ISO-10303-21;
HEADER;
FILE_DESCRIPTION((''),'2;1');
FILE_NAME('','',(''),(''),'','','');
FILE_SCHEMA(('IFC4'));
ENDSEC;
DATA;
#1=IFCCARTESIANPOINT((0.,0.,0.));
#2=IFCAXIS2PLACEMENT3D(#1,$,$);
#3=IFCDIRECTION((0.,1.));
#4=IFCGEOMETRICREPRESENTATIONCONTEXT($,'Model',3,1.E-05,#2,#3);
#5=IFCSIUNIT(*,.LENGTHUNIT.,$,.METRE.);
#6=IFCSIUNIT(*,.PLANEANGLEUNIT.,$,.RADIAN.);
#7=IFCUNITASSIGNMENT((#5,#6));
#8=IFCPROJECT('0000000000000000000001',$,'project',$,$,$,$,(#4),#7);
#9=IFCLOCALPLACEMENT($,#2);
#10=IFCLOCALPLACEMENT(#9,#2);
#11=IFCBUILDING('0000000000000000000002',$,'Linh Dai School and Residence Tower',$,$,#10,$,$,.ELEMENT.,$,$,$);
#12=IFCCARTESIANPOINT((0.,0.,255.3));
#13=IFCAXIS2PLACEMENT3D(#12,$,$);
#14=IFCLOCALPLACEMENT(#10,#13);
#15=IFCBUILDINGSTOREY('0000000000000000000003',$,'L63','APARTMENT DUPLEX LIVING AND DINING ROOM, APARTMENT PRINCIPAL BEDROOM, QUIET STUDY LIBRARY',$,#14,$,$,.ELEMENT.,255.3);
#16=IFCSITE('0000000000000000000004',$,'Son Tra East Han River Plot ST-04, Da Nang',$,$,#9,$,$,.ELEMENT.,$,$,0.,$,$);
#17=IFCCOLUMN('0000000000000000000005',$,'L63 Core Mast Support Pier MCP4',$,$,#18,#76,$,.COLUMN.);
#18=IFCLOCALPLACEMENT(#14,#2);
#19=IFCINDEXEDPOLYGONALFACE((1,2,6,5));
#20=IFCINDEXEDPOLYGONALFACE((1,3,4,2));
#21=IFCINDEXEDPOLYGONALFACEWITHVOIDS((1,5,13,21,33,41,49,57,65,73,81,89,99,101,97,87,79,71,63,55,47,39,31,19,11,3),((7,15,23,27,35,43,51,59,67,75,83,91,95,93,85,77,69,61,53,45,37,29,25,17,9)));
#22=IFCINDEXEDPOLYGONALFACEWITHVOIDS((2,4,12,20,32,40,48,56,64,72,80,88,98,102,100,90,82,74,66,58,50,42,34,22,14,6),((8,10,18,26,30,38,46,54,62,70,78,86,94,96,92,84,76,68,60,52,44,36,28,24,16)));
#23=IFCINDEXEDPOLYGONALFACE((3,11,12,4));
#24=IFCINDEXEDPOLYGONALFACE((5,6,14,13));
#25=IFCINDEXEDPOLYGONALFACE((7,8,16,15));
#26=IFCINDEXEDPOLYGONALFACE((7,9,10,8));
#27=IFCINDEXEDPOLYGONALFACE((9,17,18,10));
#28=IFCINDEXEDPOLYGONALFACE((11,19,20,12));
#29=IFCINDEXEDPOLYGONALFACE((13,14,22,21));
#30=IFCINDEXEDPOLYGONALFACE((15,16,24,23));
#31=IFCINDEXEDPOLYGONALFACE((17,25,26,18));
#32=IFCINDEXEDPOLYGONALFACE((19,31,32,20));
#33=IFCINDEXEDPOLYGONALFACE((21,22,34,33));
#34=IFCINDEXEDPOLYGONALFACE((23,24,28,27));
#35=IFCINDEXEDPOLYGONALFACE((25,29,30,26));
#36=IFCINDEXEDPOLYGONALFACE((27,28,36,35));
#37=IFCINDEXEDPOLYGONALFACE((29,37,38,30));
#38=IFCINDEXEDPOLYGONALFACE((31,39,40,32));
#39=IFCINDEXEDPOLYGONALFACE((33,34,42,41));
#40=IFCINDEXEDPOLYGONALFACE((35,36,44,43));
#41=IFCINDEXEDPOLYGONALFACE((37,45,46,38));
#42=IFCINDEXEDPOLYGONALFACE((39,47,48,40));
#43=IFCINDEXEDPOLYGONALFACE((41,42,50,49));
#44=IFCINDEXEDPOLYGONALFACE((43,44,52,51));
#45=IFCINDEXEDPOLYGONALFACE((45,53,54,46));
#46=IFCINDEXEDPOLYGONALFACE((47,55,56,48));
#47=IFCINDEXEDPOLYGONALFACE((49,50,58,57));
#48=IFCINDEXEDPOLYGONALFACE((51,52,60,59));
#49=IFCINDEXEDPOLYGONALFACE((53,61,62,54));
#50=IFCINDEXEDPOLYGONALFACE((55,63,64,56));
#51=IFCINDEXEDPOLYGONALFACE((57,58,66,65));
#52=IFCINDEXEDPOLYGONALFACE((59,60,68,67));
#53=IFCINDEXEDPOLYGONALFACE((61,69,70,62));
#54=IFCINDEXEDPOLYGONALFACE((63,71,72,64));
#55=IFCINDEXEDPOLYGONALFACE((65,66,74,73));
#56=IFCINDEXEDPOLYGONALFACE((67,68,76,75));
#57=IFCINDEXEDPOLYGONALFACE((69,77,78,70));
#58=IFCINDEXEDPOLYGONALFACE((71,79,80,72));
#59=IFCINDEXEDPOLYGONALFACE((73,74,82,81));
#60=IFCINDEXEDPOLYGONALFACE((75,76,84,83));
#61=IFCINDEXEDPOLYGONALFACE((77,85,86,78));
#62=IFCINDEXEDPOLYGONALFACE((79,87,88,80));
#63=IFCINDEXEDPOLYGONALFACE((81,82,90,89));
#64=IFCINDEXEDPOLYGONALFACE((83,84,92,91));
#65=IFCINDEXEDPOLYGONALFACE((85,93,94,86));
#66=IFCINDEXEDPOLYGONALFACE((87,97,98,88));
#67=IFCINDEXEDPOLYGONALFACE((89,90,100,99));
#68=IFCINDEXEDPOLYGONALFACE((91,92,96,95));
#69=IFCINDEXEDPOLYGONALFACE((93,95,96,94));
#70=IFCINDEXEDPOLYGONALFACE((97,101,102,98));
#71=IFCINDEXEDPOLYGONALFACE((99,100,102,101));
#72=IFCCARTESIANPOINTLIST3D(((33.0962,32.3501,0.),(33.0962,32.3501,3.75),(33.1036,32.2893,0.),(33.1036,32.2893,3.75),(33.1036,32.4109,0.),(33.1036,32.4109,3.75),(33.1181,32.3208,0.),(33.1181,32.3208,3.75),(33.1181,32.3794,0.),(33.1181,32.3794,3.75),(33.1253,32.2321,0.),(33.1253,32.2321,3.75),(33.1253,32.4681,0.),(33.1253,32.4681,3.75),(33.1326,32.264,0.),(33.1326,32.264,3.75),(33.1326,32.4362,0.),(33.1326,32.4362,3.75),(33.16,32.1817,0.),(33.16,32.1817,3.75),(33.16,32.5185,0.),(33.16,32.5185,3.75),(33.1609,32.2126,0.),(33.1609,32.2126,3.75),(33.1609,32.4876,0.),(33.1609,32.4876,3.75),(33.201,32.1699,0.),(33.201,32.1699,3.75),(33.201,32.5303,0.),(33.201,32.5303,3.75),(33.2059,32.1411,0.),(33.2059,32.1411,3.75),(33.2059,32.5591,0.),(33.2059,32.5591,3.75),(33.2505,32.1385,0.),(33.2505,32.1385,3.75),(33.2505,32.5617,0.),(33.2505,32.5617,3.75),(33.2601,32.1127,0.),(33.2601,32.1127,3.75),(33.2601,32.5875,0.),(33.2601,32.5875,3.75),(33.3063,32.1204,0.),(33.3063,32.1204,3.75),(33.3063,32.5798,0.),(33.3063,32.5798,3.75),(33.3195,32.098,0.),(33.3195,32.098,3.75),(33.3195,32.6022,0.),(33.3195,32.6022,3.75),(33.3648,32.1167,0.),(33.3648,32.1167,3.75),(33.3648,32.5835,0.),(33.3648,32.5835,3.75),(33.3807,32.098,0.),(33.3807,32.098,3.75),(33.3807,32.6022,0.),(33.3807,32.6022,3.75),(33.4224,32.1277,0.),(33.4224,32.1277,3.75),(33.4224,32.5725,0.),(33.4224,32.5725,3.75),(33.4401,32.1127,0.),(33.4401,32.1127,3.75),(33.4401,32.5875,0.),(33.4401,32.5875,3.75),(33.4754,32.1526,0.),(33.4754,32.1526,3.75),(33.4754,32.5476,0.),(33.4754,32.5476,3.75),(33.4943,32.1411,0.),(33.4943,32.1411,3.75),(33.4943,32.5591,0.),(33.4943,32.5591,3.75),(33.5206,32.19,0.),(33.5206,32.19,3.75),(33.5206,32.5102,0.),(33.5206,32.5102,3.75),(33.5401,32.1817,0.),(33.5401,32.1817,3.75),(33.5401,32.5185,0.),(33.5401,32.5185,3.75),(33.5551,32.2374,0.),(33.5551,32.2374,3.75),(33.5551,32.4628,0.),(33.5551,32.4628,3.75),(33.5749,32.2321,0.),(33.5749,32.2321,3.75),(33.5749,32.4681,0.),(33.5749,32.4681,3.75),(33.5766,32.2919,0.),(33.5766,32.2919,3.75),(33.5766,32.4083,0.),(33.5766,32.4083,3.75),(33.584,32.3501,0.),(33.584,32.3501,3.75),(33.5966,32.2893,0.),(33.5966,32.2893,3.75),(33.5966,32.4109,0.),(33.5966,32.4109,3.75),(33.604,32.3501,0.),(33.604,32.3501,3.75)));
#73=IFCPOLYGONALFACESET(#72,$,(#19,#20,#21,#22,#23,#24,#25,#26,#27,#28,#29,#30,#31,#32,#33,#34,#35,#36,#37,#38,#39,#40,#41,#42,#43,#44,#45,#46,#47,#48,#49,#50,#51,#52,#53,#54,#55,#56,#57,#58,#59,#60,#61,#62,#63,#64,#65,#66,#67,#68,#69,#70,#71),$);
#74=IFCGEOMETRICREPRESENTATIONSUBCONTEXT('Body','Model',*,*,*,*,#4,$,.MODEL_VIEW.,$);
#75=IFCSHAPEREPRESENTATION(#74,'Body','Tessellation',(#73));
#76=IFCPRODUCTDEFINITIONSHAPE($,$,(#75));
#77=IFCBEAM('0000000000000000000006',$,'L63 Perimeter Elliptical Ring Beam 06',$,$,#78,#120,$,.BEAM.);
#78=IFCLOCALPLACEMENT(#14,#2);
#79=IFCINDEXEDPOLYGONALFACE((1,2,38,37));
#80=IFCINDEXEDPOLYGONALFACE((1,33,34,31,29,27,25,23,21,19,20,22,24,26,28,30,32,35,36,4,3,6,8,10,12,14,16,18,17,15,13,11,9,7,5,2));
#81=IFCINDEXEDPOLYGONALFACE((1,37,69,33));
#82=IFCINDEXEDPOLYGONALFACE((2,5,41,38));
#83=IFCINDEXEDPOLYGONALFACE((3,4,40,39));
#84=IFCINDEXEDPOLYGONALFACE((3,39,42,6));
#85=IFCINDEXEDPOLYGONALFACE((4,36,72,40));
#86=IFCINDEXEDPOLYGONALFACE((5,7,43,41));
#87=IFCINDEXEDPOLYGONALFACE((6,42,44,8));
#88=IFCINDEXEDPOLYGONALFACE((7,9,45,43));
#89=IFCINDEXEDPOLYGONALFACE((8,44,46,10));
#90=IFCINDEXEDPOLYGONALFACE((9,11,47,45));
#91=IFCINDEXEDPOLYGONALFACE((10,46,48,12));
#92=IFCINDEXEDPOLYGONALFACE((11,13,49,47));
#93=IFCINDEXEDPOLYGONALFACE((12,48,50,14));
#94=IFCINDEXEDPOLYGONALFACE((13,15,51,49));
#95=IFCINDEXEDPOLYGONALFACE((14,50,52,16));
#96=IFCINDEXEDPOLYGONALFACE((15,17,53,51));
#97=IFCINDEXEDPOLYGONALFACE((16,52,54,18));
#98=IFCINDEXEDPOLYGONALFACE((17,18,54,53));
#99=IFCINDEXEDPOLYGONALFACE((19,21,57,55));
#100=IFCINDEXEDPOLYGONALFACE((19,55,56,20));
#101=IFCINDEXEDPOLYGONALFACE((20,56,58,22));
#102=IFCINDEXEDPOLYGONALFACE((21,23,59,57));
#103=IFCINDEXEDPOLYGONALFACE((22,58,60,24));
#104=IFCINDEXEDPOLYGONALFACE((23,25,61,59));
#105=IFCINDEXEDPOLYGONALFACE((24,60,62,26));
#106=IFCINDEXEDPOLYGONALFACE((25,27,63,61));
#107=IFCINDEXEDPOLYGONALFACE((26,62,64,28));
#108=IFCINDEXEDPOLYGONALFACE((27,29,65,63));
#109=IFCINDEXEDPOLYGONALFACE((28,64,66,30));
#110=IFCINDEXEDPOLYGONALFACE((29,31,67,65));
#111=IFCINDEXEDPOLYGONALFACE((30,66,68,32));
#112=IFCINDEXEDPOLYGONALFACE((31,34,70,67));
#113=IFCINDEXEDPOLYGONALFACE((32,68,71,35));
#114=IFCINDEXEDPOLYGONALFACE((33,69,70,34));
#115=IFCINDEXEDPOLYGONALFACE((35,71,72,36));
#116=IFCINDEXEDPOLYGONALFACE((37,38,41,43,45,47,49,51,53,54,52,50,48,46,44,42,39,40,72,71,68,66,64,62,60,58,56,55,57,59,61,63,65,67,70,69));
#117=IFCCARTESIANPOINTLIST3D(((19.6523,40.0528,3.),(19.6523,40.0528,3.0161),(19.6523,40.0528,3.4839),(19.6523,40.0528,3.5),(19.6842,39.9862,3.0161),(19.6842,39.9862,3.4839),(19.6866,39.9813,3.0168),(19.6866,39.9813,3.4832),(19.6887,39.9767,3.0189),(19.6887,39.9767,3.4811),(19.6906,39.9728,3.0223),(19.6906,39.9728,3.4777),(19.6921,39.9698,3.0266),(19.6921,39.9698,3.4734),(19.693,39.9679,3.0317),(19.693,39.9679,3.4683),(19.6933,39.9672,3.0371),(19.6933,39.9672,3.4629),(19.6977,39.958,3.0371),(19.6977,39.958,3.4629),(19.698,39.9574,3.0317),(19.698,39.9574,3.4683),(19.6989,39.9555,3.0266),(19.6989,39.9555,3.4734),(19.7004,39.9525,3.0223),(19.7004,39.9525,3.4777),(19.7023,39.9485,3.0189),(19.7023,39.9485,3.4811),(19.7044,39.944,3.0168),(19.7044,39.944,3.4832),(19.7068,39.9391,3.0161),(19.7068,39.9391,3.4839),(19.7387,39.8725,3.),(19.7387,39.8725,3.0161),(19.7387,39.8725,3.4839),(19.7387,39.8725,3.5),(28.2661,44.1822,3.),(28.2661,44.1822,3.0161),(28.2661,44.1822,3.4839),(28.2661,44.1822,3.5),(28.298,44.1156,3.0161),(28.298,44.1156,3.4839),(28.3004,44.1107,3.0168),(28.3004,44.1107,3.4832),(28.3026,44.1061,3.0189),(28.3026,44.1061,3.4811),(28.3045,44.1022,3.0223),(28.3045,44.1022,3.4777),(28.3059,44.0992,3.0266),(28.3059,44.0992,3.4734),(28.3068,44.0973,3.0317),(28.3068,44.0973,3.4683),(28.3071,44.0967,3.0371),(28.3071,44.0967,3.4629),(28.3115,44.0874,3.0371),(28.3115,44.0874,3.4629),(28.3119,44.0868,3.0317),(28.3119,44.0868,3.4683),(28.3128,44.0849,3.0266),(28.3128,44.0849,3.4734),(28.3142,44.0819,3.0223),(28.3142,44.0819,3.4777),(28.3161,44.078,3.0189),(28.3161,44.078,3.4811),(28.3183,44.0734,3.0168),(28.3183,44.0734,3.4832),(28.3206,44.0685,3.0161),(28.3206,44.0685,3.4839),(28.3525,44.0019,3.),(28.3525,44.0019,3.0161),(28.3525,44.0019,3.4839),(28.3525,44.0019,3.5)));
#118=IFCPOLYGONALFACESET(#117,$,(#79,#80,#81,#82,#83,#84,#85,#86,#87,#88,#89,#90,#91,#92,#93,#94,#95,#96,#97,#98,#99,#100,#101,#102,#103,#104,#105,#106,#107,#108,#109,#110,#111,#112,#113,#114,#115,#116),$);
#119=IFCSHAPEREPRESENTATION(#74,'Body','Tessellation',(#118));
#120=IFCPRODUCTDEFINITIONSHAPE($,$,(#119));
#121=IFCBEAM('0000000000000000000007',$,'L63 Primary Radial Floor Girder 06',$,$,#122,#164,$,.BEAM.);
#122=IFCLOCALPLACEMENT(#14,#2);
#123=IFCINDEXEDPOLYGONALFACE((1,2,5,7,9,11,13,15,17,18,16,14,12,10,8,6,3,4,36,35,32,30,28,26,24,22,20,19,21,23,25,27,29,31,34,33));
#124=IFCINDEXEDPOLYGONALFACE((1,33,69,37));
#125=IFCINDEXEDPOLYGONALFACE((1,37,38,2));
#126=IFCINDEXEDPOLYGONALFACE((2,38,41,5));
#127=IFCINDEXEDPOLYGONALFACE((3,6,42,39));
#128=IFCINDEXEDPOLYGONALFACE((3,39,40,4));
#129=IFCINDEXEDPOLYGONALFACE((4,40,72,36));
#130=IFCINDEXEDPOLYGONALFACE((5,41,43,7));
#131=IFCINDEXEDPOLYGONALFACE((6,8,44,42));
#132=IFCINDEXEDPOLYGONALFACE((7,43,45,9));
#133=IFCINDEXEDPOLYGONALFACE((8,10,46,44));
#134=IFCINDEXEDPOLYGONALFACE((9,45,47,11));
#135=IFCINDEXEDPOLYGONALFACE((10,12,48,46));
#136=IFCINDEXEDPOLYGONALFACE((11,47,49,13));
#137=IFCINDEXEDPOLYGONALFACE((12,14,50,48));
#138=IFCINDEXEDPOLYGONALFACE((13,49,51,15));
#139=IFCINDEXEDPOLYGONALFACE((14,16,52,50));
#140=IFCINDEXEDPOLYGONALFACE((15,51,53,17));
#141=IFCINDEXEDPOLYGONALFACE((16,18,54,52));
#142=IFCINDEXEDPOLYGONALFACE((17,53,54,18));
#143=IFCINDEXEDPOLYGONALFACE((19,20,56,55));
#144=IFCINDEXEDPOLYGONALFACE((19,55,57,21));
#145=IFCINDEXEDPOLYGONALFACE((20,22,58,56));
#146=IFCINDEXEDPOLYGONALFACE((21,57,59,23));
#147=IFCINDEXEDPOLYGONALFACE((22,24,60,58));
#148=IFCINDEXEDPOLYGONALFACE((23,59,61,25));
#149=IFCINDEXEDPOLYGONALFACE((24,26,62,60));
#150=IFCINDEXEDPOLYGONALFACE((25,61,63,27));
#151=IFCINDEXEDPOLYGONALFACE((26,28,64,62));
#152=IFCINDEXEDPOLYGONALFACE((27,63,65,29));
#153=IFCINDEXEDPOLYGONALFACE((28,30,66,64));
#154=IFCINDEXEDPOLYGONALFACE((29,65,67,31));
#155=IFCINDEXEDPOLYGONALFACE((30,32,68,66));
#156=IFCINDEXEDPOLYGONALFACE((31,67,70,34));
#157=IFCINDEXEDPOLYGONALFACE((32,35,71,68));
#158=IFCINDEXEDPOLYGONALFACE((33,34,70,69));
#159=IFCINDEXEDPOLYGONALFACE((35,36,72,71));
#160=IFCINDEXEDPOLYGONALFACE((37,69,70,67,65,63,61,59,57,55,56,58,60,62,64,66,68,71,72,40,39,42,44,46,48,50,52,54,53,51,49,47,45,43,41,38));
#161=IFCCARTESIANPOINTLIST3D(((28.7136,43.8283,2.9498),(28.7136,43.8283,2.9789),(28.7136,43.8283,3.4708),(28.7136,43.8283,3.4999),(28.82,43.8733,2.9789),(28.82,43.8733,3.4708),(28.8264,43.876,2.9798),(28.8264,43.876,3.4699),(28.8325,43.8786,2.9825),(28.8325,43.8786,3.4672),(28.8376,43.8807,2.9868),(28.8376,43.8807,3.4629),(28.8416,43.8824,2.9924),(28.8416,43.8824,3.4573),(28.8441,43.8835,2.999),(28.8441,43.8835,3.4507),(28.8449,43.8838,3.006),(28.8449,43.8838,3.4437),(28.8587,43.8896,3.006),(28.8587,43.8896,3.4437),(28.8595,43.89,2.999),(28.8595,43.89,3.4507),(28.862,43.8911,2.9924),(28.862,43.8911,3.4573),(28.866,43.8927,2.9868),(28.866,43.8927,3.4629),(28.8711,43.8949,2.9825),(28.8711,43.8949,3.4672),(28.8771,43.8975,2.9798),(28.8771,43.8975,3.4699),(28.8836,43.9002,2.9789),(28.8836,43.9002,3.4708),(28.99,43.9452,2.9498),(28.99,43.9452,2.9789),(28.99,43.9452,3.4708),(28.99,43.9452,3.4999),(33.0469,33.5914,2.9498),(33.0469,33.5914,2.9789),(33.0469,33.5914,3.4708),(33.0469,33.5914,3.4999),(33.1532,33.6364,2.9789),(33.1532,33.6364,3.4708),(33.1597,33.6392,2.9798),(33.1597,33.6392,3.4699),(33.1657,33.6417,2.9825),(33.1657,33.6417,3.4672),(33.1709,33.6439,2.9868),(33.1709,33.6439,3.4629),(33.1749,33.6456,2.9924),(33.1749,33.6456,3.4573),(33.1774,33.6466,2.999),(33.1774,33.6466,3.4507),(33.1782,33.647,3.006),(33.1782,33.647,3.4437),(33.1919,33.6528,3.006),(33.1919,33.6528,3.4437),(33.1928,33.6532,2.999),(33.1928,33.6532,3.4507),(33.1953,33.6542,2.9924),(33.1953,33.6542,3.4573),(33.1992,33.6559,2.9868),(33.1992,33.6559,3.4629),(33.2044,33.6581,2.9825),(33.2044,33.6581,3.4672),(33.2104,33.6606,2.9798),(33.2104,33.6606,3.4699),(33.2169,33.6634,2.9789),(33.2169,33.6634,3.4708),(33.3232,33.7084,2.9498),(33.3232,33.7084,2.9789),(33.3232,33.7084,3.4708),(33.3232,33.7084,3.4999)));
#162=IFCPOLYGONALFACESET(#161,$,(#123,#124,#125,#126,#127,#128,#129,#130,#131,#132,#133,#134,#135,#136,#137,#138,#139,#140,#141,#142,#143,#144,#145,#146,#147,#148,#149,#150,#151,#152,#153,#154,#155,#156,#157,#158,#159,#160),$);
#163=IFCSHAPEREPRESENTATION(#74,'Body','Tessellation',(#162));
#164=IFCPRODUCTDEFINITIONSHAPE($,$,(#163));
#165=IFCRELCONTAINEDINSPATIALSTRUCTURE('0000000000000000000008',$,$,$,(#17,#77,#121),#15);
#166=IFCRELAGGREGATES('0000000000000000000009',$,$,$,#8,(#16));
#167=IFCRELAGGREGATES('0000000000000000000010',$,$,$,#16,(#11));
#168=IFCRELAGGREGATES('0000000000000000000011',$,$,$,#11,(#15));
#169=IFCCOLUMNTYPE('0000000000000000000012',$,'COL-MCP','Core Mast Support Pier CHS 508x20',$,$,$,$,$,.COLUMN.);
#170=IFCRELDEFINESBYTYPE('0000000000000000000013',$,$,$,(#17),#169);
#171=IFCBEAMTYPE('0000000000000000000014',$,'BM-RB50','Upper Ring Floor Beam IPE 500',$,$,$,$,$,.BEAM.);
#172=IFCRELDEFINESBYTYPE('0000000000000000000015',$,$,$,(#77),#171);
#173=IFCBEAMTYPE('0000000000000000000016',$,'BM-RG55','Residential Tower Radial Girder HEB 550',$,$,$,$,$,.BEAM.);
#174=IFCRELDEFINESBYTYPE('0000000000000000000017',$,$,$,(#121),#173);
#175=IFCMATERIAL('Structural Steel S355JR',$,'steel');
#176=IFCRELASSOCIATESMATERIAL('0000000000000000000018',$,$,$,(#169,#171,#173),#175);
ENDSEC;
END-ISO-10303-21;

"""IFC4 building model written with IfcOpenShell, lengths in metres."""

from ifc_helpers import new_model, si_unit, direction, frame, origin, origin_2d, place, context, subcontext, project, spatial, hollow_circle, i_section, extrude, material, material_profile, profile_set, type_object, element, save


model = new_model("IFC4")

# Units and contexts
model_context = context("Model", 3, precision=1e-05, world=origin(), true_north=direction((0.0, 1.0)))
body_context = subcontext(model_context, "Body", "Model", "MODEL_VIEW")
ifc_project = project(units=[si_unit("LENGTHUNIT", "METRE"), si_unit("PLANEANGLEUNIT", "RADIAN")], contexts=[model_context])

# Site, building, storey
site_placement = place(None, origin())
site = spatial("IfcSite", under=ifc_project, at=site_placement, Name="Son Tra East Han River Plot ST-04, Da Nang", CompositionType="ELEMENT", RefElevation=0.0)
building_placement = place(site_placement, origin())
building = spatial("IfcBuilding", under=site, at=building_placement, Name="Linh Dai School and Residence Tower", CompositionType="ELEMENT")
storey_placement = place(building_placement, frame((0.0, 0.0, 255.3)))
storey = spatial("IfcBuildingStorey", under=building, at=storey_placement, Name="L63", Description="APARTMENT DUPLEX LIVING AND DINING ROOM, APARTMENT PRINCIPAL BEDROOM, QUIET STUDY LIBRARY", CompositionType="ELEMENT", Elevation=255.3)

# Column
ifc_material_1 = material(Name="Structural Steel S355JR", Category="steel")
ifc_material_profile_1 = material_profile(ifc_material_1, hollow_circle(Radius=0.2539, WallThickness=0.02, at=origin_2d()), Name="CHS 508x20")
ifc_profile_set_1 = profile_set([ifc_material_profile_1], Name="Structural Steel S355JR")
column_type_1 = type_object("IfcColumnType", Name="COL-MCP", Description="Core Mast Support Pier CHS 508x20", PredefinedType="COLUMN", material=ifc_profile_set_1)
column_1_placement = place(storey_placement, frame((33.3501, 32.3501, 0.0), z_axis=(0.0, 0.0, 1.0), x_axis=(1.0, 0.0, 0.0)))
element("IfcColumn", 1, at=column_1_placement, inside=storey, type_object=column_type_1, Name="L63 Core Mast Support Pier MCP4", PredefinedType="COLUMN", context=body_context, shape_type="SweptSolid", body=[
    extrude(hollow_circle(Radius=0.2539, WallThickness=0.02, at=origin_2d()), origin(), (0.0, 0.0, 1.0), 3.75),
])

# Beams
ifc_material_profile_2 = material_profile(ifc_material_1, i_section(OverallWidth=0.2, OverallDepth=0.5, WebThickness=0.0103, FlangeThickness=0.0161, FilletRadius=0.021, at=origin_2d()), Name="IPE 500")
ifc_profile_set_2 = profile_set([ifc_material_profile_2], Name="Structural Steel S355JR")
beam_type_1 = type_object("IfcBeamType", Name="BM-RB50", Description="Upper Ring Floor Beam IPE 500", PredefinedType="BEAM", material=ifc_profile_set_2)
beam_1_placement = place(storey_placement, frame((28.3093, 44.092, 3.25), z_axis=(-0.901736, -0.432287, 0.0), x_axis=(0.432287, -0.901736, 0.0)))
element("IfcBeam", 2, at=beam_1_placement, inside=storey, type_object=beam_type_1, Name="L63 Perimeter Elliptical Ring Beam 06", PredefinedType="BEAM", context=body_context, shape_type="SweptSolid", body=[
    extrude(i_section(OverallWidth=0.2, OverallDepth=0.5, WebThickness=0.0103, FlangeThickness=0.0161, FilletRadius=0.021, at=origin_2d()), origin(), (0.0, 0.0, 1.0), 9.5525),
])
ifc_material_profile_3 = material_profile(ifc_material_1, i_section(OverallWidth=0.3, OverallDepth=0.55, WebThickness=0.0149, FlangeThickness=0.0291, FilletRadius=0.0271, at=origin_2d()), Name="HEB 550")
ifc_profile_set_3 = profile_set([ifc_material_profile_3], Name="Structural Steel S355JR")
beam_type_2 = type_object("IfcBeamType", Name="BM-RG55", Description="Residential Tower Radial Girder HEB 550", PredefinedType="BEAM", material=ifc_profile_set_3)
beam_2_placement = place(storey_placement, frame((33.1851, 33.6499, 3.2249), z_axis=(-0.389815, 0.920893, 0.0), x_axis=(-0.920893, -0.389815, 0.0)))
element("IfcBeam", 3, at=beam_2_placement, inside=storey, type_object=beam_type_2, Name="L63 Primary Radial Floor Girder 06", PredefinedType="BEAM", context=body_context, shape_type="SweptSolid", body=[
    extrude(i_section(OverallWidth=0.3, OverallDepth=0.55, WebThickness=0.0149, FlangeThickness=0.0291, FilletRadius=0.0271, at=origin_2d()), origin(), (0.0, 0.0, 1.0), 11.1162),
])

save(model, "model.ifc")
